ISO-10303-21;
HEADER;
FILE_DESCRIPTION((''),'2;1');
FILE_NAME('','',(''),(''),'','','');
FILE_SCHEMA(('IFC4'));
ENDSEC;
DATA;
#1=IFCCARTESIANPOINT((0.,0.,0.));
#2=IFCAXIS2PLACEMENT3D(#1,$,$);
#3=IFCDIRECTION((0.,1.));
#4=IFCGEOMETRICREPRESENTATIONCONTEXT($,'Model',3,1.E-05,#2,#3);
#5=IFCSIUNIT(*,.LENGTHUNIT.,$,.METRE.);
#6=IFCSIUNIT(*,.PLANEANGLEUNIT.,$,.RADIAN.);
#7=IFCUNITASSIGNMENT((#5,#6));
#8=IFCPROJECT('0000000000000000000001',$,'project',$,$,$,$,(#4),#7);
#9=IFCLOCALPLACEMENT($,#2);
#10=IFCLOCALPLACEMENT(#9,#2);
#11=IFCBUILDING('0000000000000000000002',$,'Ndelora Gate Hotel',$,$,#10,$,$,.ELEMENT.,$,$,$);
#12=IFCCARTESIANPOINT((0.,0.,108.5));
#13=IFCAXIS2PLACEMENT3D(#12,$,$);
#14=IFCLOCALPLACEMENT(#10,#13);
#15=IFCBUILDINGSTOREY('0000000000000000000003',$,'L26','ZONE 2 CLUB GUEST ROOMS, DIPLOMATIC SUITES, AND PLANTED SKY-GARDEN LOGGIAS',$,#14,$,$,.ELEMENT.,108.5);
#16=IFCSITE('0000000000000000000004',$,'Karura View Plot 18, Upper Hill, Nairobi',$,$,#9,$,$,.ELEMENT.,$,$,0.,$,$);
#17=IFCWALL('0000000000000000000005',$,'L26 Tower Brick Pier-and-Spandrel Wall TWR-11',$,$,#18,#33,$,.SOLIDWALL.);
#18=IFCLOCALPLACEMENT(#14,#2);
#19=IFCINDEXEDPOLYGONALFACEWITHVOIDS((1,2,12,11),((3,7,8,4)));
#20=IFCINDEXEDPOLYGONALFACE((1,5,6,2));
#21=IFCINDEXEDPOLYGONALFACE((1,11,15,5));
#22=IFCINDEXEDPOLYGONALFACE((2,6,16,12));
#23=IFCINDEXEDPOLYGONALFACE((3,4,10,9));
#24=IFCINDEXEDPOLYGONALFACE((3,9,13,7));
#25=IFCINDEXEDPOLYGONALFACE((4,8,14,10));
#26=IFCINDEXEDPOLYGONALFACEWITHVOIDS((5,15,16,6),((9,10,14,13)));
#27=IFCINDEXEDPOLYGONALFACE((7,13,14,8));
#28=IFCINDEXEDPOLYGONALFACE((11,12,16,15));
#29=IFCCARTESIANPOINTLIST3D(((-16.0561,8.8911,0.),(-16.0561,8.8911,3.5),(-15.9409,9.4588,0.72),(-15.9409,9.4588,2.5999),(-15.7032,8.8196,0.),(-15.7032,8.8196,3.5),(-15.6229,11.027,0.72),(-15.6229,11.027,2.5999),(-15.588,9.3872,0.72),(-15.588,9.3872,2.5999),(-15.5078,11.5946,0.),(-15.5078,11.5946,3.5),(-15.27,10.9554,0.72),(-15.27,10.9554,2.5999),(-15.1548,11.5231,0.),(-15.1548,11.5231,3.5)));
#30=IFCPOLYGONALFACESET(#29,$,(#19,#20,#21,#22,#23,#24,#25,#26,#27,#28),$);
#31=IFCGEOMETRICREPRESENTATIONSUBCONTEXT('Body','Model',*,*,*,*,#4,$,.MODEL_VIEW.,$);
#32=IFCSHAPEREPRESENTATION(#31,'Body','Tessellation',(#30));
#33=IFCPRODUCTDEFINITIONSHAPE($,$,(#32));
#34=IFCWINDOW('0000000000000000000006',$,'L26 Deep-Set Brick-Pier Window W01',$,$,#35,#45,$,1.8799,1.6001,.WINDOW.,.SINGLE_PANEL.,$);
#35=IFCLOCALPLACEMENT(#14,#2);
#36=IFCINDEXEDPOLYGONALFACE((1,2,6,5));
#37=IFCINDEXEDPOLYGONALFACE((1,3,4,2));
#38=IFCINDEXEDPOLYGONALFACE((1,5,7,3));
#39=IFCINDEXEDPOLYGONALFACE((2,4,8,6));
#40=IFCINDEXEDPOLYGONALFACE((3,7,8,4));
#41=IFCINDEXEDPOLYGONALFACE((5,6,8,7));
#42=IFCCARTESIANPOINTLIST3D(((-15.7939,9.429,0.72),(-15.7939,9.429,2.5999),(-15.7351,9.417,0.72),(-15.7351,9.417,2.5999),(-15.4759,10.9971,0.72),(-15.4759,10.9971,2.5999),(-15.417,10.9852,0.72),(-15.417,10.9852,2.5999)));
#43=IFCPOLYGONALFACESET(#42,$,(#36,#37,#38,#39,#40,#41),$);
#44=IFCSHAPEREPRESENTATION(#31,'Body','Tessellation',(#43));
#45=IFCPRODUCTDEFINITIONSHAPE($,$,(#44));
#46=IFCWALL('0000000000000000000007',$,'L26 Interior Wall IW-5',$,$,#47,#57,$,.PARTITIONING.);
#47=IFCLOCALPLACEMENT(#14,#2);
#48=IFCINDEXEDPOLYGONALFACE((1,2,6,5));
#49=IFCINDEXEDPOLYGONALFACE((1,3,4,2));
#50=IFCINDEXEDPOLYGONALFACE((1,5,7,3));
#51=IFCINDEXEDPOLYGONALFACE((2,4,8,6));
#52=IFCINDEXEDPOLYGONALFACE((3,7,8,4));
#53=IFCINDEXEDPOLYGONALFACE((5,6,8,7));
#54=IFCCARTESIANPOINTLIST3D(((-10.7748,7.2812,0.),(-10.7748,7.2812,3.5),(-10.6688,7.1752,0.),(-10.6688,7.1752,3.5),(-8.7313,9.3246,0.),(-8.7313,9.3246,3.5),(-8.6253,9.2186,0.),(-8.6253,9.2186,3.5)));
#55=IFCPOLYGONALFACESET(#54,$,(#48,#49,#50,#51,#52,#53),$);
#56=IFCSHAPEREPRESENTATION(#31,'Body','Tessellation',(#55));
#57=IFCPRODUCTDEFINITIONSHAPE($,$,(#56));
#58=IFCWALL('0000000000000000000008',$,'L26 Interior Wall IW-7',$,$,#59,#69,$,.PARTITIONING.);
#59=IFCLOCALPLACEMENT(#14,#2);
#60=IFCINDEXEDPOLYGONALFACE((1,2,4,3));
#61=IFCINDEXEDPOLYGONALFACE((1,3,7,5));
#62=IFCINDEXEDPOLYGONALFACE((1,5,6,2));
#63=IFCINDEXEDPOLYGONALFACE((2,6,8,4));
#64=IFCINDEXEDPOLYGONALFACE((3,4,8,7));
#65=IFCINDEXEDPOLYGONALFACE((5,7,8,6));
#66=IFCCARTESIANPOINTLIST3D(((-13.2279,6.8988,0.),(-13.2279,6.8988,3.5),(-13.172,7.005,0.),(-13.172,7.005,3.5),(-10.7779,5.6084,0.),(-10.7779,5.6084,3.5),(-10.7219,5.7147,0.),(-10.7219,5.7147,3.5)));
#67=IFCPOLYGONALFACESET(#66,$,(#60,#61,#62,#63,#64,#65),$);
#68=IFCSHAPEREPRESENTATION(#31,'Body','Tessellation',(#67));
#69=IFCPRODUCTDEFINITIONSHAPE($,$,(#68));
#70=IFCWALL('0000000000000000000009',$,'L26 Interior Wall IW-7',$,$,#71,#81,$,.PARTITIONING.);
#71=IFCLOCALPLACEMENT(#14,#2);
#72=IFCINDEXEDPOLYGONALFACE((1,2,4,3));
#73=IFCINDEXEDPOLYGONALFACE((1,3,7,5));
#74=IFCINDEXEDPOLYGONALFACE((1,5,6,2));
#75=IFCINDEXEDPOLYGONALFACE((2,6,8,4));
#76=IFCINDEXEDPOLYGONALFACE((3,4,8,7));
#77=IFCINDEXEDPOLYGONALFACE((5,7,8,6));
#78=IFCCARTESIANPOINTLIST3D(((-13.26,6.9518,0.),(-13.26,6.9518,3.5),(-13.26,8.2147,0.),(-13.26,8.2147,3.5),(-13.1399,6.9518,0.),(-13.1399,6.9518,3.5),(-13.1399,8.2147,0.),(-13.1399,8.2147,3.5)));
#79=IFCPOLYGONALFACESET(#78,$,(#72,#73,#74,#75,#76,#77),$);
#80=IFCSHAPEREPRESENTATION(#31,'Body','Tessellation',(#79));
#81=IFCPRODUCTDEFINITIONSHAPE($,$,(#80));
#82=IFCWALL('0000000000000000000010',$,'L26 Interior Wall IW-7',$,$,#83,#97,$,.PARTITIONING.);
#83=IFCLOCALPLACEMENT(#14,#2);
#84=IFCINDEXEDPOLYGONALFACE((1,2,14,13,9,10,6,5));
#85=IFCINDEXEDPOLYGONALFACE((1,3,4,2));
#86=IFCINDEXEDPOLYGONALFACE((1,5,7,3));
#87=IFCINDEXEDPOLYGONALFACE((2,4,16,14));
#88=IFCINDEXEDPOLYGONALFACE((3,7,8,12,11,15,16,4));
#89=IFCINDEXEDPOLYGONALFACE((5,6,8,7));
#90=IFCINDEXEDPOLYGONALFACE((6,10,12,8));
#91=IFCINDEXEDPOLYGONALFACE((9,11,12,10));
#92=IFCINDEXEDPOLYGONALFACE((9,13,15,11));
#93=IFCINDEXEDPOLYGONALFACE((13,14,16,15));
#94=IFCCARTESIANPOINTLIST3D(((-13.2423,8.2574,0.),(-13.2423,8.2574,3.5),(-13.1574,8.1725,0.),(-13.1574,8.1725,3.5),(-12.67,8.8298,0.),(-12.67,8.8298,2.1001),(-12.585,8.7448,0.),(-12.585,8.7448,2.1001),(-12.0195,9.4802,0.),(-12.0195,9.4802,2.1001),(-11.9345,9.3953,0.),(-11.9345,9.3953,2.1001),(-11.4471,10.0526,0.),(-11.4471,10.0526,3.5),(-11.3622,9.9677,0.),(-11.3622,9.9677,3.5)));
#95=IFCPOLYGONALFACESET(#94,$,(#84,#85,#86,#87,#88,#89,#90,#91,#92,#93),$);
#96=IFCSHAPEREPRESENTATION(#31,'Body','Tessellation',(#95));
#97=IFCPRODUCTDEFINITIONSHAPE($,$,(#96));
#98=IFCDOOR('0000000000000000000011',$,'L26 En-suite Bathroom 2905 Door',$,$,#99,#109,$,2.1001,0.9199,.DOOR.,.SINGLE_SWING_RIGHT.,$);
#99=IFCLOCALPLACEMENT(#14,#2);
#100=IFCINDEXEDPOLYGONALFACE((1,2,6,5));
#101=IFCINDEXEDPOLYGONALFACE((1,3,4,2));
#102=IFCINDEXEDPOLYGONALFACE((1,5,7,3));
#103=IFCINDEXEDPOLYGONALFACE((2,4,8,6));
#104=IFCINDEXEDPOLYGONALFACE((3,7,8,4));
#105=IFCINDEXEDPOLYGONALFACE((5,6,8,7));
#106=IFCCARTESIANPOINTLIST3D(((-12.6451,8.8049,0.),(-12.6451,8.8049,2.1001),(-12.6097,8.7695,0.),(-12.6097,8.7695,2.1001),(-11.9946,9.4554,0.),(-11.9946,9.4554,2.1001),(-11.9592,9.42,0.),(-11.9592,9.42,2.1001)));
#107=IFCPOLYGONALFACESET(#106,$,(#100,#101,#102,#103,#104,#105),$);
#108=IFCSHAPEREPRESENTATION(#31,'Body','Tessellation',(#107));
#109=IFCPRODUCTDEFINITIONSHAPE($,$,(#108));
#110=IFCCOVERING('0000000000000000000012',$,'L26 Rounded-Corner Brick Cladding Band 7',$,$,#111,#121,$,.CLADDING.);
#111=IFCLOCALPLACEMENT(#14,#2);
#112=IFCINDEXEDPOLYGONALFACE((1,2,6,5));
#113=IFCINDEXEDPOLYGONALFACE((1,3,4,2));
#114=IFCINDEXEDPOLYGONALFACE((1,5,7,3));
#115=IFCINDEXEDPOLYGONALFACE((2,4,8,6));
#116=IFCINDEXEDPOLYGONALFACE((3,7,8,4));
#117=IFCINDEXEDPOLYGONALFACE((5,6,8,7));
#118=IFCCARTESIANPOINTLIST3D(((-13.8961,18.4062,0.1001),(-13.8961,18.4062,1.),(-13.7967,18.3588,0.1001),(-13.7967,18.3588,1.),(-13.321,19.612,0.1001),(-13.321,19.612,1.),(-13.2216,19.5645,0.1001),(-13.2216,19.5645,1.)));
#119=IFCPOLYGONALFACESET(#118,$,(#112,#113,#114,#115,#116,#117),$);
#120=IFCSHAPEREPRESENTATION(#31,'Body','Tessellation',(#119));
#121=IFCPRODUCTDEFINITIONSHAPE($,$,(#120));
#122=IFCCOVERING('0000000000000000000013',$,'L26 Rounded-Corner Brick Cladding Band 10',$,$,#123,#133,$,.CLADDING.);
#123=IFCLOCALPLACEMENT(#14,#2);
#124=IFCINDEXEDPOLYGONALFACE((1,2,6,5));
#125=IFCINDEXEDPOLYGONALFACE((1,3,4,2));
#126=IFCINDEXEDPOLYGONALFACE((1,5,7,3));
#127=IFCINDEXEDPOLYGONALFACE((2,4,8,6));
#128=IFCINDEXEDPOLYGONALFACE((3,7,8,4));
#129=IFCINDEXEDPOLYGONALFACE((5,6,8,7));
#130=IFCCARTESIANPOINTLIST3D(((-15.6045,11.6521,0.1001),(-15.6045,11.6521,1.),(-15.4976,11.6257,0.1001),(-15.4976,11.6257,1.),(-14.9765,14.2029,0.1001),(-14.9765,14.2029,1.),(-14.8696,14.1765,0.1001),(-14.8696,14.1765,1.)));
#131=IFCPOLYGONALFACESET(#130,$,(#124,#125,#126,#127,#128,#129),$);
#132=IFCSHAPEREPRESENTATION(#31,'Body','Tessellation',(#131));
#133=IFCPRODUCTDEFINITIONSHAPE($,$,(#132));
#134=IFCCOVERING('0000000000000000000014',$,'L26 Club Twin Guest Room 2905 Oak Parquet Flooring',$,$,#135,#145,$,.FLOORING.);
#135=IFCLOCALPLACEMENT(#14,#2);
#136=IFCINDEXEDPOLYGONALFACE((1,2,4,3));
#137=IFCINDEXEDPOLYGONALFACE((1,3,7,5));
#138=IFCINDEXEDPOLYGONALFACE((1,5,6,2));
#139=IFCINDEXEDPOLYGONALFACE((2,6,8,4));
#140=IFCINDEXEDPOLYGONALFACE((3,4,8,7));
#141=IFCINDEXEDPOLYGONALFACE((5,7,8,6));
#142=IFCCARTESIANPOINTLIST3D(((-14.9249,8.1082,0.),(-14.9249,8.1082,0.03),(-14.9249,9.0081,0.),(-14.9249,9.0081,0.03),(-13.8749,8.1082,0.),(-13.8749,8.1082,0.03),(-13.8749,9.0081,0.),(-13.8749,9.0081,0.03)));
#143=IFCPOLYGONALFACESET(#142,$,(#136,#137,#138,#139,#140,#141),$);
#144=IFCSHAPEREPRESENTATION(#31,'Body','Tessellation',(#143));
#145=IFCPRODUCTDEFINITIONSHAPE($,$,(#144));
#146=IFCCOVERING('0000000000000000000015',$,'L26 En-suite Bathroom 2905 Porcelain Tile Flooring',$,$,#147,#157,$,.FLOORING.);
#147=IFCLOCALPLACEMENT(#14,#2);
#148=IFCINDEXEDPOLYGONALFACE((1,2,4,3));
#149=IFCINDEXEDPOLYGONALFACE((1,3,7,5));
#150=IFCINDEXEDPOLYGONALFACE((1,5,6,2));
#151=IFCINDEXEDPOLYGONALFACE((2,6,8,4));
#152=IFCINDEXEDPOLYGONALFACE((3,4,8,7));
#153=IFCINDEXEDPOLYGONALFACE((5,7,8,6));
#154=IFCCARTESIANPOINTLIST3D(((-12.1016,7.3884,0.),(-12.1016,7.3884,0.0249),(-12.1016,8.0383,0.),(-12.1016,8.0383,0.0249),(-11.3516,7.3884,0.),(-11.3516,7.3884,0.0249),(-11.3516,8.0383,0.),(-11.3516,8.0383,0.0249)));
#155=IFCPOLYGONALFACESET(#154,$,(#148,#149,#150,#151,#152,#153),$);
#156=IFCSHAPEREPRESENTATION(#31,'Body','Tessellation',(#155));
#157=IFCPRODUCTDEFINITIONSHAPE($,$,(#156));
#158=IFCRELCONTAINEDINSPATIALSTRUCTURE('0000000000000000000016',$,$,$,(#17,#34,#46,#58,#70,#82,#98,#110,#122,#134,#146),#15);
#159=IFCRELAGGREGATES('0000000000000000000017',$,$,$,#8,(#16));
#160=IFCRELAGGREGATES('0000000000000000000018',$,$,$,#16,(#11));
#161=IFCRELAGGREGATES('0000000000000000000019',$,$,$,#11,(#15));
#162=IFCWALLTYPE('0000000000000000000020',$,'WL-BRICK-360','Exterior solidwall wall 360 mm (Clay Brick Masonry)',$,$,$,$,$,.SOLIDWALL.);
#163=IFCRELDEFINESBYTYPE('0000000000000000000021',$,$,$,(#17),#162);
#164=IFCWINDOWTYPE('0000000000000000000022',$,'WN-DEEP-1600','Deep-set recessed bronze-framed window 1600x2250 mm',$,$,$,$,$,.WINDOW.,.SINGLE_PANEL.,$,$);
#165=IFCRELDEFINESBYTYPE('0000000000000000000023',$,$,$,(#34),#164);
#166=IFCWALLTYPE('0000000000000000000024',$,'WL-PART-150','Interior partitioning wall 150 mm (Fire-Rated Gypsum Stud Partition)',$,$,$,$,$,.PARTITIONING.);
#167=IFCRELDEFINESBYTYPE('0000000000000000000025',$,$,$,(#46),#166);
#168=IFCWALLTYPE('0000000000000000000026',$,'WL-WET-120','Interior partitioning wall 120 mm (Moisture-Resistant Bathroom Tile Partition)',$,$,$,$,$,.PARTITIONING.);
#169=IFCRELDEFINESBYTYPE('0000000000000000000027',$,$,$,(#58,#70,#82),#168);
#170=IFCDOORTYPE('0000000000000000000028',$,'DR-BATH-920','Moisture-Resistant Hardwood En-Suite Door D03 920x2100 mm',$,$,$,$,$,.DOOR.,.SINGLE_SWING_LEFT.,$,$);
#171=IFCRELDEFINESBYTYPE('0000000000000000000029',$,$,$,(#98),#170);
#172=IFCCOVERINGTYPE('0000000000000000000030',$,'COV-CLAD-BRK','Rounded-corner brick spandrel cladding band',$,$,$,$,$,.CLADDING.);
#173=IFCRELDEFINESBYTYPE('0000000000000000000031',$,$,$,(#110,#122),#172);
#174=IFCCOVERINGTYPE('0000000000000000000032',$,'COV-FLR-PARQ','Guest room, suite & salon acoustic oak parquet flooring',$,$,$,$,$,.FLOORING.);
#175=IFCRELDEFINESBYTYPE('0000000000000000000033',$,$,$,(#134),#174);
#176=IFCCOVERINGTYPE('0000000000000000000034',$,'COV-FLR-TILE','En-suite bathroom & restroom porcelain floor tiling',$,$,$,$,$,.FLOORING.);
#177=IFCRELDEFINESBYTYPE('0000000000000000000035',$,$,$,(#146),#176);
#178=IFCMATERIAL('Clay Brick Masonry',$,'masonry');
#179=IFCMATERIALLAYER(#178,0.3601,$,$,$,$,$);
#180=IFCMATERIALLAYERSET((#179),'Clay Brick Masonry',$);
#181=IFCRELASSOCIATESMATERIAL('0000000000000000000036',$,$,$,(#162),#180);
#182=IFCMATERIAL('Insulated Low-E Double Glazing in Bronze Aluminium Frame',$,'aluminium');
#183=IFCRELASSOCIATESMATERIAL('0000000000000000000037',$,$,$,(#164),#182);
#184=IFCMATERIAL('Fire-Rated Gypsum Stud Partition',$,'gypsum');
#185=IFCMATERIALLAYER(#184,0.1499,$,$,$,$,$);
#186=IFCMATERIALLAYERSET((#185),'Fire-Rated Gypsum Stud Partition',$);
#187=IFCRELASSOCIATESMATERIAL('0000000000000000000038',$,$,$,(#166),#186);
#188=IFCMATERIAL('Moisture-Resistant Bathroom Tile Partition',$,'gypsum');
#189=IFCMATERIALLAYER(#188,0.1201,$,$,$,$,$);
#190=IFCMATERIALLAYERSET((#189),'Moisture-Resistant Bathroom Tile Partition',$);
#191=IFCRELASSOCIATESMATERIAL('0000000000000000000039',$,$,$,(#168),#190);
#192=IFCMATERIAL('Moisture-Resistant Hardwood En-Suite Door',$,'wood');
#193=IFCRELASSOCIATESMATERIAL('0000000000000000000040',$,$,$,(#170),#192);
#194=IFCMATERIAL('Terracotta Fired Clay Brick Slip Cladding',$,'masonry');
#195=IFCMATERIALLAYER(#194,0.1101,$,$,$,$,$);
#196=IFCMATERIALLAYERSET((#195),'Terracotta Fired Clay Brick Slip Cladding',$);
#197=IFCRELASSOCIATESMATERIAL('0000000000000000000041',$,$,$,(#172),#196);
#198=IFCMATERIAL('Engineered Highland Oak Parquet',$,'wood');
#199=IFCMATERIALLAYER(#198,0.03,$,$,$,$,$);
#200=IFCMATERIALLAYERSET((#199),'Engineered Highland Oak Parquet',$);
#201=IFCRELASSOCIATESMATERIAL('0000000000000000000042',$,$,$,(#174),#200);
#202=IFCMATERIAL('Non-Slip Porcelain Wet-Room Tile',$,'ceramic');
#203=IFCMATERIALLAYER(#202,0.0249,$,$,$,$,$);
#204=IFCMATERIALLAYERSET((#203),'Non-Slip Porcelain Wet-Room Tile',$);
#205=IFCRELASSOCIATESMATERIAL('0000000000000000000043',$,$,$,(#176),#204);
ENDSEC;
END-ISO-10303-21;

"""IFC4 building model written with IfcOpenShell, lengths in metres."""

from ifc_helpers import new_model, si_unit, direction, frame, frame_2d, origin, origin_2d, place, context, subcontext, project, spatial, rectangle, extrude, material, layer, layer_set, type_object, element, fill, save


model = new_model("IFC4")

# Units and contexts
model_context = context("Model", 3, precision=1e-05, world=origin(), true_north=direction((0.0, 1.0)))
body_context = subcontext(model_context, "Body", "Model", "MODEL_VIEW")
ifc_project = project(units=[si_unit("LENGTHUNIT", "METRE"), si_unit("PLANEANGLEUNIT", "RADIAN")], contexts=[model_context])

# Site, building, storey
site_placement = place(None, origin())
site = spatial("IfcSite", under=ifc_project, at=site_placement, Name="Karura View Plot 18, Upper Hill, Nairobi", CompositionType="ELEMENT", RefElevation=0.0)
building_placement = place(site_placement, origin())
building = spatial("IfcBuilding", under=site, at=building_placement, Name="Ndelora Gate Hotel", CompositionType="ELEMENT")
storey_placement = place(building_placement, frame((0.0, 0.0, 108.5)))
storey = spatial("IfcBuildingStorey", under=building, at=storey_placement, Name="L26", Description="ZONE 2 CLUB GUEST ROOMS, DIPLOMATIC SUITES, AND PLANTED SKY-GARDEN LOGGIAS", CompositionType="ELEMENT", Elevation=108.5)

# Shared definitions
ifc_material_1 = material(Name="Clay Brick Masonry", Category="masonry")
ifc_layer_1 = layer(ifc_material_1, 0.3601)
ifc_layer_set_1 = layer_set([ifc_layer_1], Name="Clay Brick Masonry")
wall_type_1 = type_object("IfcWallType", Name="WL-BRICK-360", Description="Exterior solidwall wall 360 mm (Clay Brick Masonry)", PredefinedType="SOLIDWALL", material=ifc_layer_set_1)

# Shared definitions
ifc_material_2 = material(Name="Insulated Low-E Double Glazing in Bronze Aluminium Frame", Category="aluminium")

# Wall, opening, window
wall_1_placement = place(storey_placement, frame((-15.8796, 8.8552, 0.0), z_axis=(0.0, 0.0, 1.0), x_axis=(0.19877, 0.980046, 0.0)))
wall_1 = element("IfcWall", 1, at=wall_1_placement, inside=storey, type_object=wall_type_1, Name="L26 Tower Brick Pier-and-Spandrel Wall TWR-11", PredefinedType="SOLIDWALL", context=body_context, shape_type="SweptSolid", body=[
    extrude(rectangle(XDim=2.7585, YDim=0.3601, at=frame_2d((1.3794, 0.0))), origin(), (0.0, 0.0, 1.0), 3.5),
])
opening_1_placement = place(wall_1_placement, frame((0.5793, 0.0, 0.72)))
opening_1 = element("IfcOpeningElement", 2, at=opening_1_placement, cuts=wall_1, PredefinedType="OPENING", context=body_context, shape_type="SweptSolid", body=[
    extrude(rectangle(XDim=1.6001, YDim=1.8799, at=frame_2d((0.8, 0.9399))), frame((0.0, 0.1899, 0.0), z_axis=(0.0, -1.0, 0.0), x_axis=(1.0, 0.0, 0.0)), (0.0, 0.0, 1.0), 0.3801),
])
window_type_1 = type_object("IfcWindowType", Name="WN-DEEP-1600", Description="Deep-set recessed bronze-framed window 1600x2250 mm", PartitioningType="SINGLE_PANEL", PredefinedType="WINDOW", material=ifc_material_2)
window_1_placement = place(opening_1_placement, origin())
window_1 = element("IfcWindow", 3, at=window_1_placement, inside=storey, type_object=window_type_1, Name="L26 Deep-Set Brick-Pier Window W01", OverallHeight=1.8799, OverallWidth=1.6001, PartitioningType="SINGLE_PANEL", PredefinedType="WINDOW", context=body_context, shape_type="SweptSolid", body=[
    extrude(rectangle(XDim=1.6001, YDim=1.8799, at=frame_2d((0.8, 0.9399))), frame((0.0, 0.03, 0.0), z_axis=(0.0, -1.0, 0.0), x_axis=(1.0, 0.0, 0.0)), (0.0, 0.0, 1.0), 0.0601),
])
fill(opening_1, window_1)

# Walls
ifc_material_3 = material(Name="Fire-Rated Gypsum Stud Partition", Category="gypsum")
ifc_layer_2 = layer(ifc_material_3, 0.1499)
ifc_layer_set_2 = layer_set([ifc_layer_2], Name="Fire-Rated Gypsum Stud Partition")
wall_type_2 = type_object("IfcWallType", Name="WL-PART-150", Description="Interior partitioning wall 150 mm (Fire-Rated Gypsum Stud Partition)", PredefinedType="PARTITIONING", material=ifc_layer_set_2)
wall_2_placement = place(storey_placement, frame((-10.7217, 7.2283, 0.0), z_axis=(0.0, 0.0, 1.0), x_axis=(0.707107, 0.707107, 0.0)))
element("IfcWall", 4, at=wall_2_placement, inside=storey, type_object=wall_type_2, Name="L26 Interior Wall IW-5", PredefinedType="PARTITIONING", context=body_context, shape_type="SweptSolid", body=[
    extrude(rectangle(XDim=2.8899, YDim=0.1499, at=frame_2d((1.4448, 0.0))), origin(), (0.0, 0.0, 1.0), 3.5),
])
ifc_material_4 = material(Name="Moisture-Resistant Bathroom Tile Partition", Category="gypsum")
ifc_layer_3 = layer(ifc_material_4, 0.1201)
ifc_layer_set_3 = layer_set([ifc_layer_3], Name="Moisture-Resistant Bathroom Tile Partition")
wall_type_3 = type_object("IfcWallType", Name="WL-WET-120", Description="Interior partitioning wall 120 mm (Moisture-Resistant Bathroom Tile Partition)", PredefinedType="PARTITIONING", material=ifc_layer_set_3)
wall_3_placement = place(storey_placement, frame((-13.2, 6.9519, 0.0), z_axis=(0.0, 0.0, 1.0), x_axis=(0.884794, -0.465983, 0.0)))
element("IfcWall", 5, at=wall_3_placement, inside=storey, type_object=wall_type_3, Name="L26 Interior Wall IW-7", PredefinedType="PARTITIONING", context=body_context, shape_type="SweptSolid", body=[
    extrude(rectangle(XDim=2.769, YDim=0.1201, at=frame_2d((1.3845, 0.0))), origin(), (0.0, 0.0, 1.0), 3.5),
])
wall_4_placement = place(storey_placement, frame((-13.2, 6.9519, 0.0), z_axis=(0.0, 0.0, 1.0), x_axis=(0.0, 1.0, 0.0)))
element("IfcWall", 6, at=wall_4_placement, inside=storey, type_object=wall_type_3, Name="L26 Interior Wall IW-7", PredefinedType="PARTITIONING", context=body_context, shape_type="SweptSolid", body=[
    extrude(rectangle(XDim=1.2629, YDim=0.1201, at=frame_2d((0.6313, 0.0))), origin(), (0.0, 0.0, 1.0), 3.5),
])

# Wall, opening, door
wall_5_placement = place(storey_placement, frame((-13.2, 8.2148, 0.0), z_axis=(0.0, 0.0, 1.0), x_axis=(0.707107, 0.707107, 0.0)))
wall_5 = element("IfcWall", 7, at=wall_5_placement, inside=storey, type_object=wall_type_3, Name="L26 Interior Wall IW-7", PredefinedType="PARTITIONING", context=body_context, shape_type="SweptSolid", body=[
    extrude(rectangle(XDim=2.5388, YDim=0.1201, at=frame_2d((1.2695, 0.0))), origin(), (0.0, 0.0, 1.0), 3.5),
])
opening_2_placement = place(wall_5_placement, frame((0.8096, 0.0, 0.0)))
opening_2 = element("IfcOpeningElement", 8, at=opening_2_placement, cuts=wall_5, PredefinedType="OPENING", context=body_context, shape_type="SweptSolid", body=[
    extrude(rectangle(XDim=0.9199, YDim=2.1001, at=frame_2d((0.46, 1.05))), frame((0.0, 0.0701, 0.0), z_axis=(0.0, -1.0, 0.0), x_axis=(1.0, 0.0, 0.0)), (0.0, 0.0, 1.0), 0.1401),
])
ifc_material_5 = material(Name="Moisture-Resistant Hardwood En-Suite Door", Category="wood")
door_type = type_object("IfcDoorType", Name="DR-BATH-920", Description="Moisture-Resistant Hardwood En-Suite Door D03 920x2100 mm", OperationType="SINGLE_SWING_LEFT", PredefinedType="DOOR", material=ifc_material_5)
door_placement = place(opening_2_placement, origin())
door = element("IfcDoor", 9, at=door_placement, inside=storey, type_object=door_type, Name="L26 En-suite Bathroom 2905 Door", OperationType="SINGLE_SWING_RIGHT", OverallHeight=2.1001, OverallWidth=0.9199, PredefinedType="DOOR", context=body_context, shape_type="SweptSolid", body=[
    extrude(rectangle(XDim=0.9199, YDim=2.1001, at=frame_2d((0.46, 1.05))), frame((0.0, 0.0249, 0.0), z_axis=(0.0, -1.0, 0.0), x_axis=(1.0, 0.0, 0.0)), (0.0, 0.0, 1.0), 0.05),
])
fill(opening_2, door)

# Coverings
ifc_material_6 = material(Name="Terracotta Fired Clay Brick Slip Cladding", Category="masonry")
ifc_layer_4 = layer(ifc_material_6, 0.1101)
ifc_layer_set_4 = layer_set([ifc_layer_4], Name="Terracotta Fired Clay Brick Slip Cladding")
covering_type_1 = type_object("IfcCoveringType", Name="COV-CLAD-BRK", Description="Rounded-corner brick spandrel cladding band", PredefinedType="CLADDING", material=ifc_layer_set_4)
covering_1_placement = place(storey_placement, frame((-13.5588, 18.9854, 0.1001), z_axis=(0.0, 0.0, 1.0), x_axis=(0.430511, 0.902585, 0.0)))
element("IfcCovering", 10, at=covering_1_placement, inside=storey, type_object=covering_type_1, Name="L26 Rounded-Corner Brick Cladding Band 7", PredefinedType="CLADDING", context=body_context, shape_type="SweptSolid", body=[
    extrude(rectangle(XDim=1.3359, YDim=0.1101, at=origin_2d()), origin(), (0.0, 0.0, 1.0), 0.8999),
])
covering_2_placement = place(storey_placement, frame((-15.2371, 12.9143, 0.1001), z_axis=(0.0, 0.0, 1.0), x_axis=(0.239042, 0.971009, 0.0)))
element("IfcCovering", 11, at=covering_2_placement, inside=storey, type_object=covering_type_1, Name="L26 Rounded-Corner Brick Cladding Band 10", PredefinedType="CLADDING", context=body_context, shape_type="SweptSolid", body=[
    extrude(rectangle(XDim=2.627, YDim=0.1101, at=origin_2d()), origin(), (0.0, 0.0, 1.0), 0.8999),
])
ifc_material_7 = material(Name="Engineered Highland Oak Parquet", Category="wood")
ifc_layer_5 = layer(ifc_material_7, 0.03)
ifc_layer_set_5 = layer_set([ifc_layer_5], Name="Engineered Highland Oak Parquet")
covering_type_2 = type_object("IfcCoveringType", Name="COV-FLR-PARQ", Description="Guest room, suite & salon acoustic oak parquet flooring", PredefinedType="FLOORING", material=ifc_layer_set_5)
covering_3_placement = place(storey_placement, frame((-14.3999, 8.5581, 0.0), z_axis=(0.0, 0.0, 1.0), x_axis=(1.0, 0.0, 0.0)))
element("IfcCovering", 12, at=covering_3_placement, inside=storey, type_object=covering_type_2, Name="L26 Club Twin Guest Room 2905 Oak Parquet Flooring", PredefinedType="FLOORING", context=body_context, shape_type="SweptSolid", body=[
    extrude(rectangle(XDim=1.05, YDim=0.8999, at=origin_2d()), origin(), (0.0, 0.0, 1.0), 0.03),
])
ifc_material_8 = material(Name="Non-Slip Porcelain Wet-Room Tile", Category="ceramic")
ifc_layer_6 = layer(ifc_material_8, 0.0249)
ifc_layer_set_6 = layer_set([ifc_layer_6], Name="Non-Slip Porcelain Wet-Room Tile")
covering_type_3 = type_object("IfcCoveringType", Name="COV-FLR-TILE", Description="En-suite bathroom & restroom porcelain floor tiling", PredefinedType="FLOORING", material=ifc_layer_set_6)
covering_4_placement = place(storey_placement, frame((-11.7266, 7.7134, 0.0), z_axis=(0.0, 0.0, 1.0), x_axis=(1.0, 0.0, 0.0)))
element("IfcCovering", 13, at=covering_4_placement, inside=storey, type_object=covering_type_3, Name="L26 En-suite Bathroom 2905 Porcelain Tile Flooring", PredefinedType="FLOORING", context=body_context, shape_type="SweptSolid", body=[
    extrude(rectangle(XDim=0.75, YDim=0.6499, at=origin_2d()), origin(), (0.0, 0.0, 1.0), 0.0249),
])

save(model, "model.ifc")
